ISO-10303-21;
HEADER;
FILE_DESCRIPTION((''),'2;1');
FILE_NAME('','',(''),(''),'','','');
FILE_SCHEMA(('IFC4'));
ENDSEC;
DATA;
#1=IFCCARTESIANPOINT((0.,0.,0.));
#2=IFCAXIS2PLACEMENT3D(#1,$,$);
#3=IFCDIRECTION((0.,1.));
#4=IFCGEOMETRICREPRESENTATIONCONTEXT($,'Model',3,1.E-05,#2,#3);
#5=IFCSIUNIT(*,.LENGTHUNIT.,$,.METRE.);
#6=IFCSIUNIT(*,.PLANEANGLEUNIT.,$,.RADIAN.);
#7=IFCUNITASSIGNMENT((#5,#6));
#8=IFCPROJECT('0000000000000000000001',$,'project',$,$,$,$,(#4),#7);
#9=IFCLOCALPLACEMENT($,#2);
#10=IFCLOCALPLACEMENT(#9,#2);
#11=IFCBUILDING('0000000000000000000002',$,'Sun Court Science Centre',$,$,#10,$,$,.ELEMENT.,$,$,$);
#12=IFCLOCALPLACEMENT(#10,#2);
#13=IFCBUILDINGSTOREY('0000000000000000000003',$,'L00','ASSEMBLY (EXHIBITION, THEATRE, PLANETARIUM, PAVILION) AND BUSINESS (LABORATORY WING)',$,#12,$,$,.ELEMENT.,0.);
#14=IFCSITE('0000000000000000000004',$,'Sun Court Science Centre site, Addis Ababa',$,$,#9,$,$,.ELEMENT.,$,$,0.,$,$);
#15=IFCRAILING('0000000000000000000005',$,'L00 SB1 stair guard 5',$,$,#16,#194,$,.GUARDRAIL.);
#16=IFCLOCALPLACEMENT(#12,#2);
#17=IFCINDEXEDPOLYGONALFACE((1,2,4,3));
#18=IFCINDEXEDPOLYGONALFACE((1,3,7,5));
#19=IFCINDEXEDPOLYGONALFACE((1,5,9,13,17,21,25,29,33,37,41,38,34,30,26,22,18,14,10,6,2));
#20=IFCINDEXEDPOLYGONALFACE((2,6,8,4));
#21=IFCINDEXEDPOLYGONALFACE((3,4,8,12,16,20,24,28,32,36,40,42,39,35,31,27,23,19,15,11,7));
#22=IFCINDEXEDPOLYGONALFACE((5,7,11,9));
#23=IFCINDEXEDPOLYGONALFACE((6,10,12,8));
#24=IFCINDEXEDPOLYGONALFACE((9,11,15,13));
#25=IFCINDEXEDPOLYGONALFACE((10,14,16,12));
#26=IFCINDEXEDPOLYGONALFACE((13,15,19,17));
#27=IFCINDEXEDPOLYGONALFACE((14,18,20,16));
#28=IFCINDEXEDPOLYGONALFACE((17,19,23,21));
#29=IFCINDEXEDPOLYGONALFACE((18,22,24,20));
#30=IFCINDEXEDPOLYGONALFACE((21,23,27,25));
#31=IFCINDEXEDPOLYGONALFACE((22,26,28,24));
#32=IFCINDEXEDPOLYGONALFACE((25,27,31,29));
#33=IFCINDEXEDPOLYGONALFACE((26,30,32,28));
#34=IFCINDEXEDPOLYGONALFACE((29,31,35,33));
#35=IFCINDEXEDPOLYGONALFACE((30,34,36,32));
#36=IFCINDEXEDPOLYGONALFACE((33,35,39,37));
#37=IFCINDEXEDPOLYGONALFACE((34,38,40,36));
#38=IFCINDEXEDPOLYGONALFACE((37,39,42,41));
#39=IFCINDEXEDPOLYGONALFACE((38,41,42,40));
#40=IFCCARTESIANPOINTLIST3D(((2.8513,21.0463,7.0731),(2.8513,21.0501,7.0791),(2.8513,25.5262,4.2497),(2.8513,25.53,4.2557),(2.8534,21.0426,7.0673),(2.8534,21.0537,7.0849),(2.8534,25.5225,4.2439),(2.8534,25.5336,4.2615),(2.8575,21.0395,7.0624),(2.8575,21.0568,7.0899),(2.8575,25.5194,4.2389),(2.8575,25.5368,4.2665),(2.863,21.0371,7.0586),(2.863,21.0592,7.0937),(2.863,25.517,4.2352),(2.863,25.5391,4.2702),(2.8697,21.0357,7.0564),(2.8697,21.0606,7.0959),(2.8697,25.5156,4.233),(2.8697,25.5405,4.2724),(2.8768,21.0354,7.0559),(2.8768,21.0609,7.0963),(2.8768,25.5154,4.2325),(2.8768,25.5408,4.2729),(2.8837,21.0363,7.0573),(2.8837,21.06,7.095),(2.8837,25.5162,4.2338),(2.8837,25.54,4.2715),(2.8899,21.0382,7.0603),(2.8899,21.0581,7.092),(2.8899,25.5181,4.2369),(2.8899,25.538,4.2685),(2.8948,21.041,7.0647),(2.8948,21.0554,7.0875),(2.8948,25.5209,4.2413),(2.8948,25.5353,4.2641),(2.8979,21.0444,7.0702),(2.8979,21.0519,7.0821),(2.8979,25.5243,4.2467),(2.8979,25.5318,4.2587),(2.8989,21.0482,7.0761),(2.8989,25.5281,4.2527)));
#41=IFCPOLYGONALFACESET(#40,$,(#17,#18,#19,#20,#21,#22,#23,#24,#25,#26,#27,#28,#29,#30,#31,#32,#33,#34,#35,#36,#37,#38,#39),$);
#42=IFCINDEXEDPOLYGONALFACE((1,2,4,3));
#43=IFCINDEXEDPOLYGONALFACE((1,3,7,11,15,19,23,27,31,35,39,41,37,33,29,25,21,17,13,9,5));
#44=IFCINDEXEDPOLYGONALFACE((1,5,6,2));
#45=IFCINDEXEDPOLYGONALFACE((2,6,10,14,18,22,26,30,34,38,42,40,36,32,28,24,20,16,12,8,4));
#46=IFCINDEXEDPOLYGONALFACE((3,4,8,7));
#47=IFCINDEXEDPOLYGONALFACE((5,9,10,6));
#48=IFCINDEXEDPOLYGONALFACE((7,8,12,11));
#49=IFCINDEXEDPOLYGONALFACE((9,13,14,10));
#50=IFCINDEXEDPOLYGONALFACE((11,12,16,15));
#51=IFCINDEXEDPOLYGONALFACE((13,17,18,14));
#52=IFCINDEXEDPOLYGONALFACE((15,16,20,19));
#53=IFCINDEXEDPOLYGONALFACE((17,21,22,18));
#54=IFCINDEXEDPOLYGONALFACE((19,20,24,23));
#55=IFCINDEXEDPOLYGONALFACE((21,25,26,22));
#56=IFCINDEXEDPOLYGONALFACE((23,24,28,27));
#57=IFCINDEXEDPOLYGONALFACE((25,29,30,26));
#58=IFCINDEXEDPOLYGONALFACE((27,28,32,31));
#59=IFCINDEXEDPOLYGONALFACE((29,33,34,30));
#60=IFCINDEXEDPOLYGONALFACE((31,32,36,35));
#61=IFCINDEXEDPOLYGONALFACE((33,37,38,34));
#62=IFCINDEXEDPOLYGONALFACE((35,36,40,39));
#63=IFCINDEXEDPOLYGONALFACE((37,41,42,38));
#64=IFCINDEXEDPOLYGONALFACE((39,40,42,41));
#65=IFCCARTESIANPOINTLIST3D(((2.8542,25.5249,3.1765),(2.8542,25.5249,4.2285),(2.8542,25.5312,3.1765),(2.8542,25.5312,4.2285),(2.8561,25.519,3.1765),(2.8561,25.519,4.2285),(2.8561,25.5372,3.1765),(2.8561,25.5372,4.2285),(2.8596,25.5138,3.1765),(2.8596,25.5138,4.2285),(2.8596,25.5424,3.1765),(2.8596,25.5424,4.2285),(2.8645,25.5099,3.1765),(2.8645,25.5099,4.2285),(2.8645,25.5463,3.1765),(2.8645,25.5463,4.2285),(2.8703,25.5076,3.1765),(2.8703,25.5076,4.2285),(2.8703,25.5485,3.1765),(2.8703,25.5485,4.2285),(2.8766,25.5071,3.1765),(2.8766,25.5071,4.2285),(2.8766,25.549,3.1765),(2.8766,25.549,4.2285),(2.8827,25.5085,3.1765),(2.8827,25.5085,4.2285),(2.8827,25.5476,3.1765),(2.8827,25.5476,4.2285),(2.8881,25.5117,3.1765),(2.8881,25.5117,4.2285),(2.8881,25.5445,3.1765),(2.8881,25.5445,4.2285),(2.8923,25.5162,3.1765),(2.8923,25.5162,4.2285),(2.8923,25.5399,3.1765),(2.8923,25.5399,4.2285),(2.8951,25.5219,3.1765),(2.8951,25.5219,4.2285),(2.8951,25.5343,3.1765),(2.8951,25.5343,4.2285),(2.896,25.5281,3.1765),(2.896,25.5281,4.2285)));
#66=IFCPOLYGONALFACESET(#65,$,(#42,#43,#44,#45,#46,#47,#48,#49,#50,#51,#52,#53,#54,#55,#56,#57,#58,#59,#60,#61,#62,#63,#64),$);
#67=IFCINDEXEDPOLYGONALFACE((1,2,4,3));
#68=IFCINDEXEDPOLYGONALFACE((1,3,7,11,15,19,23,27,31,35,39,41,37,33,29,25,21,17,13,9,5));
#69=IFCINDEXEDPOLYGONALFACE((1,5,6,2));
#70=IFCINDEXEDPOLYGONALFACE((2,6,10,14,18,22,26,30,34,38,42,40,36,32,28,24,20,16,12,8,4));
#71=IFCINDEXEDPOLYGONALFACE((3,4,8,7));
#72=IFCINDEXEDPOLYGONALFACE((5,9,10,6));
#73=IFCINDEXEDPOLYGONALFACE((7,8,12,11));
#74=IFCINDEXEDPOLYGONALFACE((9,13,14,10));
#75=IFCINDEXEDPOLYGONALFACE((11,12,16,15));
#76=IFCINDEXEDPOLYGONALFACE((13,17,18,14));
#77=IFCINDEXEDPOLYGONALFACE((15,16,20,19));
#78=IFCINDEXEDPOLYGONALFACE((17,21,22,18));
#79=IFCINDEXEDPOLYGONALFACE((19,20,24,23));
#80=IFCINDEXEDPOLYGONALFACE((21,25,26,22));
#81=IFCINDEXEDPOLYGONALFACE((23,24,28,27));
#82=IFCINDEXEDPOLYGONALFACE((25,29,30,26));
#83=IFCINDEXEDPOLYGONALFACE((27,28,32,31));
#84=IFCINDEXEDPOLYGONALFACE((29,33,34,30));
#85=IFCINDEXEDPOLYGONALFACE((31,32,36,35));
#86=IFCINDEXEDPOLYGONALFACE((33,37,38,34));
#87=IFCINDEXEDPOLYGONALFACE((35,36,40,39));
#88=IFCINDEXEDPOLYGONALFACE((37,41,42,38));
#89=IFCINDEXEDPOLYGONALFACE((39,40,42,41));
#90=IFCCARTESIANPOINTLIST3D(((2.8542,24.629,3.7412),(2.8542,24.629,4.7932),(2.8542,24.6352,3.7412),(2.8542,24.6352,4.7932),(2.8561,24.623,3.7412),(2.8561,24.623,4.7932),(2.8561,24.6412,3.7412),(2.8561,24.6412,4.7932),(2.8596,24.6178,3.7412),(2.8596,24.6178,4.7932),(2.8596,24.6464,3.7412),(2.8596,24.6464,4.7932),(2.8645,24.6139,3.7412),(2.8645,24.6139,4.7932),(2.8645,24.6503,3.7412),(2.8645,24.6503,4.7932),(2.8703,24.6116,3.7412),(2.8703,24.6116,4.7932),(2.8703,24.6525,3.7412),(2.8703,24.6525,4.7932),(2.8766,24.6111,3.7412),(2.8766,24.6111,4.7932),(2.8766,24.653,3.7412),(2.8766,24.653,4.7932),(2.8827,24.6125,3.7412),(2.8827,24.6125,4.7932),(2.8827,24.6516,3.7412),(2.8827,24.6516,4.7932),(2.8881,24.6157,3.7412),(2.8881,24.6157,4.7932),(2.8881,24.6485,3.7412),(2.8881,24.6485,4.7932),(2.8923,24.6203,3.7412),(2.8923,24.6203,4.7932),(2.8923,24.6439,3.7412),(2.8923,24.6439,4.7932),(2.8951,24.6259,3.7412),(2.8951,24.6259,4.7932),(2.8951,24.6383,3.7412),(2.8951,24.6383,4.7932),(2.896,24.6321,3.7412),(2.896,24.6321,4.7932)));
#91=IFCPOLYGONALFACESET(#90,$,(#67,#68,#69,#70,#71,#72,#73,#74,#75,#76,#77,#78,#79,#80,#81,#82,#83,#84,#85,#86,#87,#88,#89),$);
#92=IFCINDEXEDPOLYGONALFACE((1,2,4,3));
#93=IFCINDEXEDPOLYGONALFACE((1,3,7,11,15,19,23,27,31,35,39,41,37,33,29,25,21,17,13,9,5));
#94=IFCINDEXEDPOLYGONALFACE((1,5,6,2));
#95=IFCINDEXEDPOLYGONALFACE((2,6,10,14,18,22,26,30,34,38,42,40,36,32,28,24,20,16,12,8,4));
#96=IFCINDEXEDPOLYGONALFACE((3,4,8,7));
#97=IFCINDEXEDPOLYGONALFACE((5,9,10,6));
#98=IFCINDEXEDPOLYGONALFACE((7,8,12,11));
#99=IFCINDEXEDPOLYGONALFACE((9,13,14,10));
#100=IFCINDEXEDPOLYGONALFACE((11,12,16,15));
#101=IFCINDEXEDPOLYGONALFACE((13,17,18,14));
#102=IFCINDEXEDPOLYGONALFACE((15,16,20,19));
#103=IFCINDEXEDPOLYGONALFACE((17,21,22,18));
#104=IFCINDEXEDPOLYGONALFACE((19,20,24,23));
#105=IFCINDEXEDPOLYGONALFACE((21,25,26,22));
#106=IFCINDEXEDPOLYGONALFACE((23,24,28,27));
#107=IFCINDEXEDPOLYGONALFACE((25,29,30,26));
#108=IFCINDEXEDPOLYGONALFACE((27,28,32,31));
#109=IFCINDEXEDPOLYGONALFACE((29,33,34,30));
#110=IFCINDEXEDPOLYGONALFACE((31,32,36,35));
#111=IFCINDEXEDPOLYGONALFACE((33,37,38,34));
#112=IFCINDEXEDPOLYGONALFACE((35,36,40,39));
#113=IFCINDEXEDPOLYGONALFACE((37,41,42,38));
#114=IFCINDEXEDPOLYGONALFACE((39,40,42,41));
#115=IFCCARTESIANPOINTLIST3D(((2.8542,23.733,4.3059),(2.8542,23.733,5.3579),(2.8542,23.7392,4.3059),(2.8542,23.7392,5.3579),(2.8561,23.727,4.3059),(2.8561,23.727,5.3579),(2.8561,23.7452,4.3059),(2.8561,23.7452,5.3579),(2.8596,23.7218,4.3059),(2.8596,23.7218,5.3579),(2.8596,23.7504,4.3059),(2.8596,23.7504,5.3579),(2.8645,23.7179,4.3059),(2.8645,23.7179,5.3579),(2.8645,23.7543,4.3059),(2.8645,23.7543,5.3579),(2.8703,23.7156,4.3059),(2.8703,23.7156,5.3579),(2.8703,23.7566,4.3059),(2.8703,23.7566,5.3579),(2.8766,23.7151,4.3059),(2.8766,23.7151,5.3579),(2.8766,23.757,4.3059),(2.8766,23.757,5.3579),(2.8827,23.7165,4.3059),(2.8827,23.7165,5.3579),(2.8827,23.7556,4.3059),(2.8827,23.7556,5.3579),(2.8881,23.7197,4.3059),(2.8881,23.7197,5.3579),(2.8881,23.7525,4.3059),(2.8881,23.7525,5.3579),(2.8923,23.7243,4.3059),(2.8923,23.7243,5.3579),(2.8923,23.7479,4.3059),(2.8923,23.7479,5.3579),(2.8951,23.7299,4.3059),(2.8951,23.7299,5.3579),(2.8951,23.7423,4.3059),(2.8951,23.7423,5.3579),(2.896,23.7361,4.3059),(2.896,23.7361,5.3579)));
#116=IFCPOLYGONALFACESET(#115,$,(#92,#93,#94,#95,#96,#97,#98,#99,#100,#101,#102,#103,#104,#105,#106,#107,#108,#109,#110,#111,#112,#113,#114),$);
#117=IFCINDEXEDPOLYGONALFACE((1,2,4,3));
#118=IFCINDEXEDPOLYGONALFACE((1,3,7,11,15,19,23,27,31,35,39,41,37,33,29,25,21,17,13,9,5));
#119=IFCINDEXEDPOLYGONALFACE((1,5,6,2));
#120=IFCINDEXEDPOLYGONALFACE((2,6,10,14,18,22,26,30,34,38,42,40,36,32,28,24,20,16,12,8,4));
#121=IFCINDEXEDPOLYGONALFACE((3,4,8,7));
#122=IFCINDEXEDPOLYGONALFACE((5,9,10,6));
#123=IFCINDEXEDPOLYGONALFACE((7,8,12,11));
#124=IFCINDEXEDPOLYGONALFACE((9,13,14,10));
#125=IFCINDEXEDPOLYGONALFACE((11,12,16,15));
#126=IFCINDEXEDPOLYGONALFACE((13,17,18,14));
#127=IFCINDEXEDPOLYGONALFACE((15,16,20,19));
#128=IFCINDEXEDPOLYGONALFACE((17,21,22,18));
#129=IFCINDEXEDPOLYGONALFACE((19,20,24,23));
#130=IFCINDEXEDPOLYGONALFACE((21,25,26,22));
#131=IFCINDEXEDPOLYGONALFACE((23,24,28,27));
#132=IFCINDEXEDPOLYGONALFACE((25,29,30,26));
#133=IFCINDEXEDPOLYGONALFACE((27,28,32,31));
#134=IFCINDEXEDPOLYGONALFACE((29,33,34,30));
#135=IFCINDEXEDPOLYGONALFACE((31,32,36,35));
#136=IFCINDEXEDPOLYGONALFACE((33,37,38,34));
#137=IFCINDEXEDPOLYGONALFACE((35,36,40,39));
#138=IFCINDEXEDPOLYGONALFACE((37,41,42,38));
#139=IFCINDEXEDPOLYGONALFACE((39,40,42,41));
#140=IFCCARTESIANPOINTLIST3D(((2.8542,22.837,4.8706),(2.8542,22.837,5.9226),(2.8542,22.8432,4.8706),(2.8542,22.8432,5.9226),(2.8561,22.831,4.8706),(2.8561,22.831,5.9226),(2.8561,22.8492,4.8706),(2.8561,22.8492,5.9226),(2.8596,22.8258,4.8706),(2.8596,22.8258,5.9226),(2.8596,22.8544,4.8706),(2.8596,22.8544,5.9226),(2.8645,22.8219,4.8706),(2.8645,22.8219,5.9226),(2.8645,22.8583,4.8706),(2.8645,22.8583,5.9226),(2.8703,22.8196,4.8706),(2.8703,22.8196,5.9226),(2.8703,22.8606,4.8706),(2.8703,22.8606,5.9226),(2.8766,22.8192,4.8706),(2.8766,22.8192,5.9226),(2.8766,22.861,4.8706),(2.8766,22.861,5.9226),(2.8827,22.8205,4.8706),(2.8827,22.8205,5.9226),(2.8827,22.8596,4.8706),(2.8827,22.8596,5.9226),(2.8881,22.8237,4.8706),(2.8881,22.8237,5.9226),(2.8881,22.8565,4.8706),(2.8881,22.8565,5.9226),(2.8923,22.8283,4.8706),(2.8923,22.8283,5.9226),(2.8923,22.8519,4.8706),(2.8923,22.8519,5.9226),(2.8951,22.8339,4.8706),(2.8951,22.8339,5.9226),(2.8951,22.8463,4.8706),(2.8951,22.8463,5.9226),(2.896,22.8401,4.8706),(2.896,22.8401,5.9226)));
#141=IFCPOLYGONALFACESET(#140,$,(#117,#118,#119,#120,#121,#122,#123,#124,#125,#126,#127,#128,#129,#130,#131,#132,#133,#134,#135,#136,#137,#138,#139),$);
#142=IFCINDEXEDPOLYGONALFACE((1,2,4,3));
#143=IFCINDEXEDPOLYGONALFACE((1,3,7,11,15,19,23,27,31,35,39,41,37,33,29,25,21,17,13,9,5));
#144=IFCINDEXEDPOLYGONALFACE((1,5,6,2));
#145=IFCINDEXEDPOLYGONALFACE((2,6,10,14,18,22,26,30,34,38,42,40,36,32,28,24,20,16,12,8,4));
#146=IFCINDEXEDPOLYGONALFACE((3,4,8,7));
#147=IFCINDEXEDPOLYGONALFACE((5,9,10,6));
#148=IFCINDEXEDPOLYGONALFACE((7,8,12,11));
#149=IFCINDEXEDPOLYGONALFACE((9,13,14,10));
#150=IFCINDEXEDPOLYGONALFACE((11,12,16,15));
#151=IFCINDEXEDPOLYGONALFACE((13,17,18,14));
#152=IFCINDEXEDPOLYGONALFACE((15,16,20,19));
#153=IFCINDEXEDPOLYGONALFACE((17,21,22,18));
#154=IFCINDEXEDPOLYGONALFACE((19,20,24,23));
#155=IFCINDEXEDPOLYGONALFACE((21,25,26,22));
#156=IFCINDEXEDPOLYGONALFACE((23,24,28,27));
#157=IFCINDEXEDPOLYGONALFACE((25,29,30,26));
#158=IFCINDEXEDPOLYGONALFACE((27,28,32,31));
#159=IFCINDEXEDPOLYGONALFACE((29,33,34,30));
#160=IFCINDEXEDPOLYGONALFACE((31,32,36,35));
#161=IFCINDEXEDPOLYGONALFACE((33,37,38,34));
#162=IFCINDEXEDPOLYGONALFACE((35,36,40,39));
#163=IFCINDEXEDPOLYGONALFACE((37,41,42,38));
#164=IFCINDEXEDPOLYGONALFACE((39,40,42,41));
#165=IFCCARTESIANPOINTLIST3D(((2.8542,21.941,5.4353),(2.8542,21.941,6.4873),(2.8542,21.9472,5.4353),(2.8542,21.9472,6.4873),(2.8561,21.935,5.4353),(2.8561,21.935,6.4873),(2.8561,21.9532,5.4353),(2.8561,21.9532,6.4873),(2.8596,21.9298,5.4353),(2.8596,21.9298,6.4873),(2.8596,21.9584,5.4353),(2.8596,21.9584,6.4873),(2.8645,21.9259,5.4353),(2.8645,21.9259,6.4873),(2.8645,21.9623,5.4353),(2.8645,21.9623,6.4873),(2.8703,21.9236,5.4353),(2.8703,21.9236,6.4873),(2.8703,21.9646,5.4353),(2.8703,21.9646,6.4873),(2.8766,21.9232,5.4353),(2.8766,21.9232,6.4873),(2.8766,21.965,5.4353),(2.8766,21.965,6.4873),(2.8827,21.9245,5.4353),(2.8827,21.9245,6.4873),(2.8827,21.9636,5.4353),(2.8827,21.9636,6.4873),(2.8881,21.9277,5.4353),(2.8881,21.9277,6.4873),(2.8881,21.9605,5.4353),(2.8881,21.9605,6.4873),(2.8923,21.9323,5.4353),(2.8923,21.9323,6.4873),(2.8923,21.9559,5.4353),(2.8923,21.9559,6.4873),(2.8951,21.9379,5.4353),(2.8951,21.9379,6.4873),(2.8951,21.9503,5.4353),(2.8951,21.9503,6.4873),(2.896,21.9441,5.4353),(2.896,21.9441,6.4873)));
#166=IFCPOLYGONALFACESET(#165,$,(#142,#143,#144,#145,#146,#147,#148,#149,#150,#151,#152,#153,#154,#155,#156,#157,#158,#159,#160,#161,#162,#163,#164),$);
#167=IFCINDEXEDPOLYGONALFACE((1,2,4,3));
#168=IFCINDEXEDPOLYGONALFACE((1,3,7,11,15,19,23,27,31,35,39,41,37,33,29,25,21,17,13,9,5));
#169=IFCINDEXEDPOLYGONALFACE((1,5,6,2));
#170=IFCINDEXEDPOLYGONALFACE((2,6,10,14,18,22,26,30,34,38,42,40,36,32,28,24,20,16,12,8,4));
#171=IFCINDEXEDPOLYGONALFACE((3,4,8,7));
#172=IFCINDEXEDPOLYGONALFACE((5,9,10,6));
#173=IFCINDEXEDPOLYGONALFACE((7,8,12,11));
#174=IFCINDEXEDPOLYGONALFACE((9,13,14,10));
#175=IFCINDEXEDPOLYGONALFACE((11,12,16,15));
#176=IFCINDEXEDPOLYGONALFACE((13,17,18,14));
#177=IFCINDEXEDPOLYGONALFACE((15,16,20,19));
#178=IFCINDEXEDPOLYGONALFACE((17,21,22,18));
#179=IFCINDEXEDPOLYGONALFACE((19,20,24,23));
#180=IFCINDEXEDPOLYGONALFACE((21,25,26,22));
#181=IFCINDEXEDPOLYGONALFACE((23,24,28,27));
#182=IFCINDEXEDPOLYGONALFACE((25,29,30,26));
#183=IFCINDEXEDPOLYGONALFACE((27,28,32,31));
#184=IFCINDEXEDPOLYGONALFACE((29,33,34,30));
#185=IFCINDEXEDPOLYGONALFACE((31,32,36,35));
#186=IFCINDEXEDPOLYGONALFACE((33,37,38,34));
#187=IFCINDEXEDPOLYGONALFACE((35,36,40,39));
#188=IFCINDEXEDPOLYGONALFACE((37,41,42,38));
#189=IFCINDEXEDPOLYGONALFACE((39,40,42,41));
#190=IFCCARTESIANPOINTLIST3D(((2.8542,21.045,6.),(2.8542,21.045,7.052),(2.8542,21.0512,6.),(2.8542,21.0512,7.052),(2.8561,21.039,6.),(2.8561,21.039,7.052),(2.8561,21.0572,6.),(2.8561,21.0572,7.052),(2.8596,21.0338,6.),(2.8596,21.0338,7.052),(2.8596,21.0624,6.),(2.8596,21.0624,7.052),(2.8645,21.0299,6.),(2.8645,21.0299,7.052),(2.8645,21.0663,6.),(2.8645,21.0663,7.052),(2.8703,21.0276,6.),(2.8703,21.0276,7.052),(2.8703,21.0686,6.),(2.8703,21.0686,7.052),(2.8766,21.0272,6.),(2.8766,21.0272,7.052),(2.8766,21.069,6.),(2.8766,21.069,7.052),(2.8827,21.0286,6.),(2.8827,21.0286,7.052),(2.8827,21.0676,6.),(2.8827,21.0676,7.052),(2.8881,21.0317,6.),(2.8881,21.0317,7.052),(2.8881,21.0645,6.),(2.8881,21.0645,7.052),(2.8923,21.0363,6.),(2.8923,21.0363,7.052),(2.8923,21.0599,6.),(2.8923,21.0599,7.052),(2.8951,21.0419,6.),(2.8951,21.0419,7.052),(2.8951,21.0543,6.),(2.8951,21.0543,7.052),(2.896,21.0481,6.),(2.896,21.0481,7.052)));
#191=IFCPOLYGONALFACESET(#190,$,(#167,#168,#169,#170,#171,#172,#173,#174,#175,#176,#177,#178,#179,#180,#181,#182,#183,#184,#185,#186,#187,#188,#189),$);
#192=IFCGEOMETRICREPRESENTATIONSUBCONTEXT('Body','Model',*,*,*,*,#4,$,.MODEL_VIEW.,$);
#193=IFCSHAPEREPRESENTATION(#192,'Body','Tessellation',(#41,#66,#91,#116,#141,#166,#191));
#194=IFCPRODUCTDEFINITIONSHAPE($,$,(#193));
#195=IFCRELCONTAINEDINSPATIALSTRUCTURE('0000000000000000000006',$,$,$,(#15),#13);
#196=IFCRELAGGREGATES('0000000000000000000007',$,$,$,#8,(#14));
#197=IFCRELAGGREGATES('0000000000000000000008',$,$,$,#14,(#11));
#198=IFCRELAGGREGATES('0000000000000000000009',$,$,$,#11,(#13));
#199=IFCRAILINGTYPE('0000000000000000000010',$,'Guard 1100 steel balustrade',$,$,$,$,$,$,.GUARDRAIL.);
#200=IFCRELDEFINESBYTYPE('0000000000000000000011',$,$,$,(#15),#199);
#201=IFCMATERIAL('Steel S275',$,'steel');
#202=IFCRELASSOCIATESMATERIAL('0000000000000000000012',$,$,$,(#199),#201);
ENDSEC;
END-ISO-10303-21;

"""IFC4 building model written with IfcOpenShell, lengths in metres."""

from ifc_helpers import new_model, si_unit, direction, frame, origin, origin_2d, place, context, subcontext, project, spatial, circle, extrude, material, type_object, element, save


model = new_model("IFC4")

# Units and contexts
model_context = context("Model", 3, precision=1e-05, world=origin(), true_north=direction((0.0, 1.0)))
body_context = subcontext(model_context, "Body", "Model", "MODEL_VIEW")
ifc_project = project(units=[si_unit("LENGTHUNIT", "METRE"), si_unit("PLANEANGLEUNIT", "RADIAN")], contexts=[model_context])

# Site, building, storey
site_placement = place(None, origin())
site = spatial("IfcSite", under=ifc_project, at=site_placement, Name="Sun Court Science Centre site, Addis Ababa", CompositionType="ELEMENT", RefElevation=0.0)
building_placement = place(site_placement, origin())
building = spatial("IfcBuilding", under=site, at=building_placement, Name="Sun Court Science Centre", CompositionType="ELEMENT")
storey_placement = place(building_placement, origin())
storey = spatial("IfcBuildingStorey", under=building, at=storey_placement, Name="L00", Description="ASSEMBLY (EXHIBITION, THEATRE, PLANETARIUM, PAVILION) AND BUSINESS (LABORATORY WING)", CompositionType="ELEMENT", Elevation=0.0)

# Railing
ifc_material_1 = material(Name="Steel S275", Category="steel")
railing_type_1 = type_object("IfcRailingType", Name="Guard 1100 steel balustrade", PredefinedType="GUARDRAIL", material=ifc_material_1)
railing_1_placement = place(storey_placement, frame((2.875, 25.5281, 3.1765)))
element("IfcRailing", 1, at=railing_1_placement, inside=storey, type_object=railing_type_1, Name="L00 SB1 stair guard 5", PredefinedType="GUARDRAIL", context=body_context, shape_type="SweptSolid", body=[
    extrude(circle(Radius=0.0239, at=origin_2d()), frame((0.0, 0.0, 1.0762), z_axis=(0.0, -0.845998, 0.533186), x_axis=(1.0, 0.0, 0.0)), (0.0, 0.0, 1.0), 5.2954),
    extrude(circle(Radius=0.021, at=origin_2d()), origin(), (0.0, 0.0, 1.0), 1.052),
    extrude(circle(Radius=0.021, at=origin_2d()), frame((0.0, -0.896, 0.5647)), (0.0, 0.0, 1.0), 1.052),
    extrude(circle(Radius=0.021, at=origin_2d()), frame((0.0, -1.792, 1.1294)), (0.0, 0.0, 1.0), 1.052),
    extrude(circle(Radius=0.021, at=origin_2d()), frame((0.0, -2.688, 1.6941)), (0.0, 0.0, 1.0), 1.052),
    extrude(circle(Radius=0.021, at=origin_2d()), frame((0.0, -3.584, 2.2588)), (0.0, 0.0, 1.0), 1.052),
    extrude(circle(Radius=0.021, at=origin_2d()), frame((0.0, -4.48, 2.8235)), (0.0, 0.0, 1.0), 1.052),
])

save(model, "model.ifc")
